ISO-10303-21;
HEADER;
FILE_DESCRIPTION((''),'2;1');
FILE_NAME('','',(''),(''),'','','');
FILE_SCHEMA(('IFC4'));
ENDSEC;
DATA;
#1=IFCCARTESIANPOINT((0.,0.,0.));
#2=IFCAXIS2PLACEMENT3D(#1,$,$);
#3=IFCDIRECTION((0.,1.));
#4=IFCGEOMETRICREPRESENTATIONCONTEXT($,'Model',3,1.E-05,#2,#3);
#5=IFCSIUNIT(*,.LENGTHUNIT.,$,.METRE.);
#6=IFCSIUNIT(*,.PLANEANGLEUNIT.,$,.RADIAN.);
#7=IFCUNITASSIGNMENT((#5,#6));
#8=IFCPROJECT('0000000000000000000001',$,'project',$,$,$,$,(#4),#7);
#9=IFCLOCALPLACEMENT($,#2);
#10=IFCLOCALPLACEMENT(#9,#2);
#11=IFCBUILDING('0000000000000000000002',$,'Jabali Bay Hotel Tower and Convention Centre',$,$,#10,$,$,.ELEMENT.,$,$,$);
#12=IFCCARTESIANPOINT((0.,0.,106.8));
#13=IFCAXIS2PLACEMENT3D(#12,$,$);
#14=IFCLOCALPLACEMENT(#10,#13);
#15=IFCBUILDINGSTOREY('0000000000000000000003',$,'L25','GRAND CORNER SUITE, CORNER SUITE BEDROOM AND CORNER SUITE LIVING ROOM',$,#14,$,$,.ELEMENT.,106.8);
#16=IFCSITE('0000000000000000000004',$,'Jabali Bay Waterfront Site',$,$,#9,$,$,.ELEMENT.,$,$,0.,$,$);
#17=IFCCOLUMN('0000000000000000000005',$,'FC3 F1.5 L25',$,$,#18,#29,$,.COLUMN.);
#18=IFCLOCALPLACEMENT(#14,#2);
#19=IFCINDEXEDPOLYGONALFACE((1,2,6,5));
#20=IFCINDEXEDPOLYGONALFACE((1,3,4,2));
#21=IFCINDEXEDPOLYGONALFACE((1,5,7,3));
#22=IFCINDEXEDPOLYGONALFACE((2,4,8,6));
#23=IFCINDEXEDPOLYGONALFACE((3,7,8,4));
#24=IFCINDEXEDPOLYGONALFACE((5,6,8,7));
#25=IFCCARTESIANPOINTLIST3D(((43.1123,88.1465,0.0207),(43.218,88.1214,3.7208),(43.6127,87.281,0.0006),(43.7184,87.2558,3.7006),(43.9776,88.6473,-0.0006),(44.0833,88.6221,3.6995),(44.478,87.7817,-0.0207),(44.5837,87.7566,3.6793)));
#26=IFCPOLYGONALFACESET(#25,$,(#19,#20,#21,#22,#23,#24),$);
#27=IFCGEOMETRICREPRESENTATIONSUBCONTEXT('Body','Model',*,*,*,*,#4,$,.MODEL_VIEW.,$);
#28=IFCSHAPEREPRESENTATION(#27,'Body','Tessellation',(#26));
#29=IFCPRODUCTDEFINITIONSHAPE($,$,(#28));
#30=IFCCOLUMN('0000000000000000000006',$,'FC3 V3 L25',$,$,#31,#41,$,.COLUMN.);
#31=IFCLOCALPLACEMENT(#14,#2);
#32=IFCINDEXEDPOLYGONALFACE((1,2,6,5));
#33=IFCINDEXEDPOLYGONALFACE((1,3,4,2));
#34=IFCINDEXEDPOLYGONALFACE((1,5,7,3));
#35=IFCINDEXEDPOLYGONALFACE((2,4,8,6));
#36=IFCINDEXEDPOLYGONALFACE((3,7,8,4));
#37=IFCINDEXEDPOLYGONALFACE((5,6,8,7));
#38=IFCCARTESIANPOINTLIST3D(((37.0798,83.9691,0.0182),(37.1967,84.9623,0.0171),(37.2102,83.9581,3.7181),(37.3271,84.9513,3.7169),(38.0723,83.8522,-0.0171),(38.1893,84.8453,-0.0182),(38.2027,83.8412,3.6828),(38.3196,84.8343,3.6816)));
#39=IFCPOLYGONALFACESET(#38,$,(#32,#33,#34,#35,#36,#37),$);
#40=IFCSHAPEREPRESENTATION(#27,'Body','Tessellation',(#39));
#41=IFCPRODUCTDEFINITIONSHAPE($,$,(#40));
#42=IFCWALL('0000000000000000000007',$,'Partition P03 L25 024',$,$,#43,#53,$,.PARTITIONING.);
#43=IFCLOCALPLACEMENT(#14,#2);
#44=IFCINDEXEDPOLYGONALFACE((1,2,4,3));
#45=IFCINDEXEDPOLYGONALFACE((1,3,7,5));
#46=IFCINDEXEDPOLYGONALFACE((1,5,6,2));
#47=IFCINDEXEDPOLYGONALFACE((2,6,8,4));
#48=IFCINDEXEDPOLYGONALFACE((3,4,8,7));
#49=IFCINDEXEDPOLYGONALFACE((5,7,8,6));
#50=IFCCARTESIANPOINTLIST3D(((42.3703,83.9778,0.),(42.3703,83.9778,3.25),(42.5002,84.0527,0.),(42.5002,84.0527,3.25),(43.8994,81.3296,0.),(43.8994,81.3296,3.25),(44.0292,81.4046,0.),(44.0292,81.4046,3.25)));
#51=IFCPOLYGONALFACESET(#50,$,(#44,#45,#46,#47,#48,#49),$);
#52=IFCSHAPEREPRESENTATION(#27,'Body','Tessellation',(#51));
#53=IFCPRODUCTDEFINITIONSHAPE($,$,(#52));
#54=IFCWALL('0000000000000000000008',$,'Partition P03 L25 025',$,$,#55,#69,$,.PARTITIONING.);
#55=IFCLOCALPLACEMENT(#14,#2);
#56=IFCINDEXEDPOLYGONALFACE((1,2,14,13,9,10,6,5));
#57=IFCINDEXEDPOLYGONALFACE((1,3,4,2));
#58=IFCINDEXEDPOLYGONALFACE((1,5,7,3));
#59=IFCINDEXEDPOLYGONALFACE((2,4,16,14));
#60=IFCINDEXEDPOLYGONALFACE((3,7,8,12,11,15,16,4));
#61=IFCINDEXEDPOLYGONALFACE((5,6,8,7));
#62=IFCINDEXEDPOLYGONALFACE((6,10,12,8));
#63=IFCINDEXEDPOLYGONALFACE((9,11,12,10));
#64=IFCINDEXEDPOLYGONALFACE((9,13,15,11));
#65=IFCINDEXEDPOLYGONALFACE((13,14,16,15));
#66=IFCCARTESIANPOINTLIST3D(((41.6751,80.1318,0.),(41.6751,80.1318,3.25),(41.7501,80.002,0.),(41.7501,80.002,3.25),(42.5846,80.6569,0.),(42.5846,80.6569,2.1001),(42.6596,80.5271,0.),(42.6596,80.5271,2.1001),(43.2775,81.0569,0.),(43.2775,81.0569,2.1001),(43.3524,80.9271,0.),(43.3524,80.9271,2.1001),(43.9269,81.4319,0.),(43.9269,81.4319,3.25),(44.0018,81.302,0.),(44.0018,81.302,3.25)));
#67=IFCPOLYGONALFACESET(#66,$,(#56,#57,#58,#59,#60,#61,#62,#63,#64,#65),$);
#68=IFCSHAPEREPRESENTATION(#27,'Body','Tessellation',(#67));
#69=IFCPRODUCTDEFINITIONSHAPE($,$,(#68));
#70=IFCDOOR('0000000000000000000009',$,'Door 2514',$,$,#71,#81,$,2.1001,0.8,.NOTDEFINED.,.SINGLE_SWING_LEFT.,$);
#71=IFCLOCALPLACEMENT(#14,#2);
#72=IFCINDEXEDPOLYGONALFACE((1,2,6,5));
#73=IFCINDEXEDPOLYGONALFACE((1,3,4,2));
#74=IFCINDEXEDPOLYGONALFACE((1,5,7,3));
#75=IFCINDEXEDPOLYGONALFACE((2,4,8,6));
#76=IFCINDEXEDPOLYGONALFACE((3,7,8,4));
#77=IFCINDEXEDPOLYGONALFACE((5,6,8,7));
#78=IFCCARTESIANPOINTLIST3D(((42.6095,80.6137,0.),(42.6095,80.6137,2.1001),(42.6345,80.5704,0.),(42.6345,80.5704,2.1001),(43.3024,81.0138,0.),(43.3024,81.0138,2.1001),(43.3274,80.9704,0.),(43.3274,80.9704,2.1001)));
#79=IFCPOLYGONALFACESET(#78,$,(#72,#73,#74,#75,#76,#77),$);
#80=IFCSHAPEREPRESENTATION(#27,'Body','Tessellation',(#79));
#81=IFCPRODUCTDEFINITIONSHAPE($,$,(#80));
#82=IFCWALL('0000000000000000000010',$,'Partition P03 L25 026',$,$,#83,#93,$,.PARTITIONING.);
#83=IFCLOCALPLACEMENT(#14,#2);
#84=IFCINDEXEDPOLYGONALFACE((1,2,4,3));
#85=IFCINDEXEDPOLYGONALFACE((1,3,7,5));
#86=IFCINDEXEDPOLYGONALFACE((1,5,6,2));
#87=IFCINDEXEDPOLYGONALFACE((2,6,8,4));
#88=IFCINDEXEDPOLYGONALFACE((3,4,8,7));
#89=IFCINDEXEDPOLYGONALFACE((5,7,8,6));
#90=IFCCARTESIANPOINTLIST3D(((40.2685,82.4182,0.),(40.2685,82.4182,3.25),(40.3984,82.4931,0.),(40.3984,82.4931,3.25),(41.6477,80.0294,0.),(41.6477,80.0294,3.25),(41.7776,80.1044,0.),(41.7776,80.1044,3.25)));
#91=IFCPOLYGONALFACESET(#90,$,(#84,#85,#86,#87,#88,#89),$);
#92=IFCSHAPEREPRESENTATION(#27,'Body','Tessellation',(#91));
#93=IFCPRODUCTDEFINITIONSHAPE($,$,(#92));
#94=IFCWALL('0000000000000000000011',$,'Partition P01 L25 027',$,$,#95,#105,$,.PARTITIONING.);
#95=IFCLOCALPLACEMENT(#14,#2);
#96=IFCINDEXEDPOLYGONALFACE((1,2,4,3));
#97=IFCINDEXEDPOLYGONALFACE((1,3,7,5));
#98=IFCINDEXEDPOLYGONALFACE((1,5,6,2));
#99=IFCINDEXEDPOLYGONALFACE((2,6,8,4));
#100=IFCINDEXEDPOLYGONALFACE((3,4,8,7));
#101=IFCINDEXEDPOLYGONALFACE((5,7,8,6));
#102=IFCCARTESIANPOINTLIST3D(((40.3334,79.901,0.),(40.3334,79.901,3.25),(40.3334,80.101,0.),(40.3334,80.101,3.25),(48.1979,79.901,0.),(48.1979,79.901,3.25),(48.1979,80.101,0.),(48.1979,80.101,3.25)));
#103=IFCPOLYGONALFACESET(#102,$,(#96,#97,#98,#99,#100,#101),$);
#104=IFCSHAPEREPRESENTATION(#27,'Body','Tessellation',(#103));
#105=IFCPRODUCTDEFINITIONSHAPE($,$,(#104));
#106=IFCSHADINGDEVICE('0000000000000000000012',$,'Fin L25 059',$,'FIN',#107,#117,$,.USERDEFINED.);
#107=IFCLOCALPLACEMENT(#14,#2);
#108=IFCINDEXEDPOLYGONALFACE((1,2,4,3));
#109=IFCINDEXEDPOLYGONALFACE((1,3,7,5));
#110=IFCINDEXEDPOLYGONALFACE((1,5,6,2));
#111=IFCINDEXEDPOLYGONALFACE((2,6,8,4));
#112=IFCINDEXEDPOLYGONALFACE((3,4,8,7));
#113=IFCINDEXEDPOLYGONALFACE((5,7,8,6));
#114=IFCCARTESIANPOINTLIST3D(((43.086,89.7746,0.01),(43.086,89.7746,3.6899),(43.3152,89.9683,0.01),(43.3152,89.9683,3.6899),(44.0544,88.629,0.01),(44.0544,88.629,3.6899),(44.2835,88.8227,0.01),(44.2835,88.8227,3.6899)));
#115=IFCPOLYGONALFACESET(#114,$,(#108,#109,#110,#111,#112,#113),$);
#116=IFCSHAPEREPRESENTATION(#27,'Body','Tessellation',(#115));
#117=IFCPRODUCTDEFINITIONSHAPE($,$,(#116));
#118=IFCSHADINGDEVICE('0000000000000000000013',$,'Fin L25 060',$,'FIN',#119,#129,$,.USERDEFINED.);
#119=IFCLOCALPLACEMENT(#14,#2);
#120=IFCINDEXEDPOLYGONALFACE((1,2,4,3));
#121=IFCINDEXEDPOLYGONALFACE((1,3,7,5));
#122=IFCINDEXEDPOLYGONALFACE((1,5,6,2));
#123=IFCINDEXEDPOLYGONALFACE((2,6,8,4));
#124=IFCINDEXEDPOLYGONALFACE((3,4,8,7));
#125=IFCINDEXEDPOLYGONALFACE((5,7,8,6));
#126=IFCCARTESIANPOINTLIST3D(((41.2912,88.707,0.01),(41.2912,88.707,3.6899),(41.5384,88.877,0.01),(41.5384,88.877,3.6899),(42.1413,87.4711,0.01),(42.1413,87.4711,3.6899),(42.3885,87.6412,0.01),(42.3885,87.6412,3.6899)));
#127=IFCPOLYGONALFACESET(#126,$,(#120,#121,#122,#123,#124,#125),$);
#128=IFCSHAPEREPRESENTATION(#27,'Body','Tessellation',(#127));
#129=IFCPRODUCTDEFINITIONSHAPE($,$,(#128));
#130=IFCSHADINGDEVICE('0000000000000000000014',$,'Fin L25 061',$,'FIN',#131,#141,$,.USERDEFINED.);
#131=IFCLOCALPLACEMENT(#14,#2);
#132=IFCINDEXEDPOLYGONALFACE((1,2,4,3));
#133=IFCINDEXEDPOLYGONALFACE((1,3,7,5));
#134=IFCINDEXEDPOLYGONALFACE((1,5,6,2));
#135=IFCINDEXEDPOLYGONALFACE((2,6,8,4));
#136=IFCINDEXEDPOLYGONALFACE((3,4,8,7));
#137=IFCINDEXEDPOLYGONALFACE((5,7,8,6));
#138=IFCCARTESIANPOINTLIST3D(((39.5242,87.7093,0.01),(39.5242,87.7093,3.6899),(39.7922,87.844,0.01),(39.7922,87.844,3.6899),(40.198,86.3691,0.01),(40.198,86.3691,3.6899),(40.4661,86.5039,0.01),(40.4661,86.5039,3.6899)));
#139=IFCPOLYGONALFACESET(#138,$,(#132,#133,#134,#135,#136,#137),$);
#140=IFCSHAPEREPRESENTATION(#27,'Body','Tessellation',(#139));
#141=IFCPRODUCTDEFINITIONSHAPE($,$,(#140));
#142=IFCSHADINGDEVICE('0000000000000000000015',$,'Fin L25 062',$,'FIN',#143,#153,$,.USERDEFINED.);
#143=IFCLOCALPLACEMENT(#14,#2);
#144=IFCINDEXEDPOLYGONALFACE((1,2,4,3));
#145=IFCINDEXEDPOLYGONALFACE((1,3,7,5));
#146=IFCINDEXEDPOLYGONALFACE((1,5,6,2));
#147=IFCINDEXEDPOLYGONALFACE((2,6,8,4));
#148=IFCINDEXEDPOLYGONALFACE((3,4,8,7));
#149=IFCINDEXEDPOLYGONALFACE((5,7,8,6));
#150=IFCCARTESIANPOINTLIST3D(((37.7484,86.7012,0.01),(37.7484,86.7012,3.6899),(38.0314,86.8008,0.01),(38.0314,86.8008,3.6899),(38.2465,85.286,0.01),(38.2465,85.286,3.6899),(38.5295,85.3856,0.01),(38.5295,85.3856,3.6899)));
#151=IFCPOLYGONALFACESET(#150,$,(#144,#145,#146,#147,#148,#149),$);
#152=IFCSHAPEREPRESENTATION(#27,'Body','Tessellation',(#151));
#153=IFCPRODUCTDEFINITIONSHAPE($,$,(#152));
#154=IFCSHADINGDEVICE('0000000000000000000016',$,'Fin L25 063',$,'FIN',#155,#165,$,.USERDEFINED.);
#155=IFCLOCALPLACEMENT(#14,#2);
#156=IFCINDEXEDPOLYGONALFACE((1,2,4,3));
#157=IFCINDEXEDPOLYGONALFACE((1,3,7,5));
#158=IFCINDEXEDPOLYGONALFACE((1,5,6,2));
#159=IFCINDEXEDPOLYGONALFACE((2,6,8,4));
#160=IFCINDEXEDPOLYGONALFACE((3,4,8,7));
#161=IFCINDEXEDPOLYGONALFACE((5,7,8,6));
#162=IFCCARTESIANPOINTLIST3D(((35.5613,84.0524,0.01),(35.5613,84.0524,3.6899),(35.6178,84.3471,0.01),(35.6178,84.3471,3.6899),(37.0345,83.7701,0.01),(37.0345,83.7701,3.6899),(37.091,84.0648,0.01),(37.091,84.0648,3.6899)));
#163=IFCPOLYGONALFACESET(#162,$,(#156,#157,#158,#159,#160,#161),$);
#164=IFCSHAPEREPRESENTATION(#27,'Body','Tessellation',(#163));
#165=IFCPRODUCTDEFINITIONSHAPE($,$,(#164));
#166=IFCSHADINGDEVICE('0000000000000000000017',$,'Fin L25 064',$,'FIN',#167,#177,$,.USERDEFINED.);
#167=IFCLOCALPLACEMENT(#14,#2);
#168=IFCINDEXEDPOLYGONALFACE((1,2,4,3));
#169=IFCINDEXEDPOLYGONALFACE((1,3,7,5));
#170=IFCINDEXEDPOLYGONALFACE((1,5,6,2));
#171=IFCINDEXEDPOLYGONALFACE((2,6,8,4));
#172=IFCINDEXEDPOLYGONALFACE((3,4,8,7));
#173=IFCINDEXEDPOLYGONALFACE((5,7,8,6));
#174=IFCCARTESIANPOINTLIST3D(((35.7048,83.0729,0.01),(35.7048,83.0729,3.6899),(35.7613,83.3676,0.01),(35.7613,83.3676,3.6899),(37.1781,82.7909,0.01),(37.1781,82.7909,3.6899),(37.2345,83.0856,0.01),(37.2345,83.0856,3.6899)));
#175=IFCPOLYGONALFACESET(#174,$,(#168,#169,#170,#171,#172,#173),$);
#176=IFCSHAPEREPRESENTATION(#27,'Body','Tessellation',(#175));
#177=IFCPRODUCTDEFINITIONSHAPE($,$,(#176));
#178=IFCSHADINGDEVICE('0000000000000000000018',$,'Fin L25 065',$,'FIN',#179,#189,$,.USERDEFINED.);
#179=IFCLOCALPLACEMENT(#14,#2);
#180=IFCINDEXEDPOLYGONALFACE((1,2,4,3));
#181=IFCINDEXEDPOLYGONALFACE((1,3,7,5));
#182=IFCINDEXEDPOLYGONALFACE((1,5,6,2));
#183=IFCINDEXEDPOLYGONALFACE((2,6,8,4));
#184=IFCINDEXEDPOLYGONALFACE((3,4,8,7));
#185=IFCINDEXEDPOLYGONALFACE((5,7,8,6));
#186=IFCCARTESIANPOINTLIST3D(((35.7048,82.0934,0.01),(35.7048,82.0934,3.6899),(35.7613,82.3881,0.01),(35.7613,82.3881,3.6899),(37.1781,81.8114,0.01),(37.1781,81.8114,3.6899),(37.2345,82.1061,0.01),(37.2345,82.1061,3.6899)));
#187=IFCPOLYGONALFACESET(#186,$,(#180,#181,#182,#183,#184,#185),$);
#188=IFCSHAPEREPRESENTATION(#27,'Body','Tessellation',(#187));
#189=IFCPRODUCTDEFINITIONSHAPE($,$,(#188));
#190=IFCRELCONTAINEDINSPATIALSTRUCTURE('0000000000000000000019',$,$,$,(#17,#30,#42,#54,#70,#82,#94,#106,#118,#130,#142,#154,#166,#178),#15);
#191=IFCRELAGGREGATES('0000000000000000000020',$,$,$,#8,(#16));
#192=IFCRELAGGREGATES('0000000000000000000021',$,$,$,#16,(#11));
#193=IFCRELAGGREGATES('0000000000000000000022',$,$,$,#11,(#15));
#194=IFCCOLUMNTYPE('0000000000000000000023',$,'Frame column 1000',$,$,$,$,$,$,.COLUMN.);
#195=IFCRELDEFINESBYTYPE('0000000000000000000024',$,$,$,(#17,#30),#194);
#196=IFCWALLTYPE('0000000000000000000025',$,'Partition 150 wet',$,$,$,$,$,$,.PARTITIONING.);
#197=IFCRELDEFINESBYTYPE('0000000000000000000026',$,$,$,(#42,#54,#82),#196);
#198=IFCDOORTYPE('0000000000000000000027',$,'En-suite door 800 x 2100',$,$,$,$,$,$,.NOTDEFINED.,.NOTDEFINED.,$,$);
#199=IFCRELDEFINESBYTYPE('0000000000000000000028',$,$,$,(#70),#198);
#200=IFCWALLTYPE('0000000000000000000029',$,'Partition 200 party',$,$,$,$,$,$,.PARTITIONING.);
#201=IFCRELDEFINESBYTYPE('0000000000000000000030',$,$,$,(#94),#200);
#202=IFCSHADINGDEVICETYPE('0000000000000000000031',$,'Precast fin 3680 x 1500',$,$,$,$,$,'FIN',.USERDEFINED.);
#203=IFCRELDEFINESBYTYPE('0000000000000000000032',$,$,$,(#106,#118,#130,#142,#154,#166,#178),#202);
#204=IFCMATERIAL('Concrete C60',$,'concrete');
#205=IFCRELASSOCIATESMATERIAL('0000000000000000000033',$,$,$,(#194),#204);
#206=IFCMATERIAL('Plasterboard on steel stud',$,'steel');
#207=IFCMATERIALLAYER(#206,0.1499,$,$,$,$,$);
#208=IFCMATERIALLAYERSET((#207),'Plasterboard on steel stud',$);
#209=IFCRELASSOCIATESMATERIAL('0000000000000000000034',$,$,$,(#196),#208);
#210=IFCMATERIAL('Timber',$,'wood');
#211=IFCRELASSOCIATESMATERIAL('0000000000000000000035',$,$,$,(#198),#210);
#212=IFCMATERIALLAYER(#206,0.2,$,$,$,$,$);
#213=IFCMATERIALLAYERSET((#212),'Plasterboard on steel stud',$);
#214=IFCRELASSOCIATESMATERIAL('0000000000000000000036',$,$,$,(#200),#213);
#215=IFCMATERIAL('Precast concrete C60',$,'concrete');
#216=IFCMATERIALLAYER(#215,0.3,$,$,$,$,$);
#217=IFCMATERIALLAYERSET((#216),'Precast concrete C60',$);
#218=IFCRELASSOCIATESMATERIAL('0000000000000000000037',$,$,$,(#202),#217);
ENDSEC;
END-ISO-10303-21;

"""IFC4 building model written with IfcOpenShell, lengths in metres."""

from ifc_helpers import new_model, si_unit, direction, frame, frame_2d, origin, origin_2d, place, context, subcontext, project, spatial, rectangle, extrude, material, layer, layer_set, material_profile, profile_set, type_object, element, fill, save


model = new_model("IFC4")

# Units and contexts
model_context = context("Model", 3, precision=1e-05, world=origin(), true_north=direction((0.0, 1.0)))
body_context = subcontext(model_context, "Body", "Model", "MODEL_VIEW")
ifc_project = project(units=[si_unit("LENGTHUNIT", "METRE"), si_unit("PLANEANGLEUNIT", "RADIAN")], contexts=[model_context])

# Site, building, storey
site_placement = place(None, origin())
site = spatial("IfcSite", under=ifc_project, at=site_placement, Name="Jabali Bay Waterfront Site", CompositionType="ELEMENT", RefElevation=0.0)
building_placement = place(site_placement, origin())
building = spatial("IfcBuilding", under=site, at=building_placement, Name="Jabali Bay Hotel Tower and Convention Centre", CompositionType="ELEMENT")
storey_placement = place(building_placement, frame((0.0, 0.0, 106.8)))
storey = spatial("IfcBuildingStorey", under=building, at=storey_placement, Name="L25", Description="GRAND CORNER SUITE, CORNER SUITE BEDROOM AND CORNER SUITE LIVING ROOM", CompositionType="ELEMENT", Elevation=106.8)

# Columns
ifc_material_1 = material(Name="Concrete C60", Category="concrete")
ifc_material_profile = material_profile(ifc_material_1, rectangle(XDim=1.0, YDim=1.0, at=origin_2d()), Name="Frame column 1000")
ifc_profile_set = profile_set([ifc_material_profile], Name="Concrete C60")
column_type = type_object("IfcColumnType", Name="Frame column 1000", PredefinedType="COLUMN", material=ifc_profile_set)
column_1_placement = place(storey_placement, frame((43.7952, 87.9641, 0.0), z_axis=(0.028559, -0.006794, 0.999569), x_axis=(-0.5004, 0.865559, 0.02018)))
element("IfcColumn", 1, at=column_1_placement, inside=storey, type_object=column_type, Name="FC3 F1.5 L25", PredefinedType="COLUMN", context=body_context, shape_type="SweptSolid", body=[
    extrude(rectangle(XDim=1.0, YDim=1.0, at=origin_2d()), origin(), (0.0, 0.0, 1.0), 3.7017),
])
column_2_placement = place(storey_placement, frame((37.6345, 84.4072, 0.0), z_axis=(0.035214, -0.002967, 0.999375), x_axis=(-0.992512, 0.11693, 0.035319)))
element("IfcColumn", 2, at=column_2_placement, inside=storey, type_object=column_type, Name="FC3 V3 L25", PredefinedType="COLUMN", context=body_context, shape_type="SweptSolid", body=[
    extrude(rectangle(XDim=1.0, YDim=1.0, at=origin_2d()), origin(), (0.0, 0.0, 1.0), 3.7021),
])

# Wall
ifc_material_2 = material(Name="Plasterboard on steel stud", Category="steel")
ifc_layer_1 = layer(ifc_material_2, 0.1499)
ifc_layer_set_1 = layer_set([ifc_layer_1], Name="Plasterboard on steel stud")
wall_type_1 = type_object("IfcWallType", Name="Partition 150 wet", PredefinedType="PARTITIONING", material=ifc_layer_set_1)
wall_1_placement = place(storey_placement, frame((42.4353, 84.0151, 0.0), z_axis=(0.0, 0.0, 1.0), x_axis=(0.500029, -0.866009, 0.0)))
element("IfcWall", 3, at=wall_1_placement, inside=storey, type_object=wall_type_1, Name="Partition P03 L25 024", PredefinedType="PARTITIONING", context=body_context, shape_type="SweptSolid", body=[
    extrude(rectangle(XDim=3.0579, YDim=0.1499, at=frame_2d((1.5288, 0.0))), origin(), (0.0, 0.0, 1.0), 3.25),
])

# Wall, opening, door
wall_2_placement = place(storey_placement, frame((43.9644, 81.3669, 0.0), z_axis=(0.0, 0.0, 1.0), x_axis=(-0.866021, -0.500007, 0.0)))
wall_2 = element("IfcWall", 4, at=wall_2_placement, inside=storey, type_object=wall_type_1, Name="Partition P03 L25 025", PredefinedType="PARTITIONING", context=body_context, shape_type="SweptSolid", body=[
    extrude(rectangle(XDim=2.6001, YDim=0.1499, at=frame_2d((1.3, 0.0))), origin(), (0.0, 0.0, 1.0), 3.25),
])
opening_1_placement = place(wall_2_placement, frame((0.75, 0.0, 0.0)))
opening_1 = element("IfcOpeningElement", 5, at=opening_1_placement, cuts=wall_2, PredefinedType="OPENING", context=body_context, shape_type="SweptSolid", body=[
    extrude(rectangle(XDim=0.8, YDim=2.1001, at=frame_2d((0.3999, 1.05))), frame((0.0, 0.0854, 0.0), z_axis=(0.0, -1.0, 0.0), x_axis=(1.0, 0.0, 0.0)), (0.0, 0.0, 1.0), 0.1709),
])
ifc_material_3 = material(Name="Timber", Category="wood")
door_type_1 = type_object("IfcDoorType", Name="En-suite door 800 x 2100", OperationType="NOTDEFINED", PredefinedType="NOTDEFINED", material=ifc_material_3)
door_1_placement = place(opening_1_placement, origin())
door_1 = element("IfcDoor", 6, at=door_1_placement, inside=storey, type_object=door_type_1, Name="Door 2514", OperationType="SINGLE_SWING_LEFT", OverallHeight=2.1001, OverallWidth=0.8, PredefinedType="NOTDEFINED", context=body_context, shape_type="SweptSolid", body=[
    extrude(rectangle(XDim=0.8, YDim=2.1001, at=frame_2d((0.3999, 1.05))), frame((0.0, 0.0249, 0.0), z_axis=(0.0, -1.0, 0.0), x_axis=(1.0, 0.0, 0.0)), (0.0, 0.0, 1.0), 0.05),
])
fill(opening_1, door_1)

# Walls
wall_3_placement = place(storey_placement, frame((41.7126, 80.0669, 0.0), z_axis=(0.0, 0.0, 1.0), x_axis=(-0.500014, 0.866018, 0.0)))
element("IfcWall", 7, at=wall_3_placement, inside=storey, type_object=wall_type_1, Name="Partition P03 L25 026", PredefinedType="PARTITIONING", context=body_context, shape_type="SweptSolid", body=[
    extrude(rectangle(XDim=2.7583, YDim=0.1499, at=frame_2d((1.3792, 0.0))), origin(), (0.0, 0.0, 1.0), 3.25),
])
ifc_layer_2 = layer(ifc_material_2, 0.2)
ifc_layer_set_2 = layer_set([ifc_layer_2], Name="Plasterboard on steel stud")
wall_type_2 = type_object("IfcWallType", Name="Partition 200 party", PredefinedType="PARTITIONING", material=ifc_layer_set_2)
wall_4_placement = place(storey_placement, frame((40.3335, 80.001, 0.0), z_axis=(0.0, 0.0, 1.0), x_axis=(1.0, 0.0, 0.0)))
element("IfcWall", 8, at=wall_4_placement, inside=storey, type_object=wall_type_2, Name="Partition P01 L25 027", PredefinedType="PARTITIONING", context=body_context, shape_type="SweptSolid", body=[
    extrude(rectangle(XDim=7.8645, YDim=0.2, at=frame_2d((3.9321, 0.0))), origin(), (0.0, 0.0, 1.0), 3.25),
])

# Shading devices
ifc_material_4 = material(Name="Precast concrete C60", Category="concrete")
ifc_layer_3 = layer(ifc_material_4, 0.3)
ifc_layer_set_3 = layer_set([ifc_layer_3], Name="Precast concrete C60")
shading_device_type = type_object("IfcShadingDeviceType", Name="Precast fin 3680 x 1500", ElementType="FIN", PredefinedType="USERDEFINED", material=ifc_layer_set_3)
for number, where, z_axis, x_axis, name in (
    (9, (44.1689, 88.7258, 0.01), (0.0, 0.0, 1.0), (-0.645548, 0.76372, 0.0), "Fin L25 059"),
    (10, (42.2649, 87.5562, 0.01), (0.0, 0.0, 1.0), (-0.566736, 0.823899, 0.0), "Fin L25 060"),
    (11, (40.332, 86.4365, 0.01), (0.0, 0.0, 1.0), (-0.449231, 0.893416, 0.0), "Fin L25 061"),
):
    element("IfcShadingDevice", number, at=place(storey_placement, frame(where, z_axis=z_axis, x_axis=x_axis)), inside=storey, type_object=shading_device_type, Name=name, ObjectType="FIN", PredefinedType="USERDEFINED", context=body_context, shape_type="SweptSolid", body=[
        extrude(rectangle(XDim=1.5, YDim=0.3, at=frame_2d((0.75, 0.0))), origin(), (0.0, 0.0, 1.0), 3.6799),
    ])
shading_device_1_placement = place(storey_placement, frame((38.3879, 85.3359, 0.01), z_axis=(0.0, 0.0, 1.0), x_axis=(-0.332003, 0.943278, 0.0)))
element("IfcShadingDevice", 12, at=shading_device_1_placement, inside=storey, type_object=shading_device_type, Name="Fin L25 062", ObjectType="FIN", PredefinedType="USERDEFINED", context=body_context, shape_type="SweptSolid", body=[
    extrude(rectangle(XDim=1.5002, YDim=0.3, at=frame_2d((0.75, 0.0))), origin(), (0.0, 0.0, 1.0), 3.6799),
])
for number, where, z_axis, x_axis, name in (
    (13, (37.0627, 83.9175, 0.01), (0.0, 0.0, 1.0), (-0.982139, 0.188159, 0.0), "Fin L25 063"),
    (14, (37.2063, 82.9382, 0.01), (0.0, 0.0, 1.0), (-0.982169, 0.188002, 0.0), "Fin L25 064"),
    (15, (37.2063, 81.9587, 0.01), (0.0, 0.0, 1.0), (-0.982169, 0.188002, 0.0), "Fin L25 065"),
):
    element("IfcShadingDevice", number, at=place(storey_placement, frame(where, z_axis=z_axis, x_axis=x_axis)), inside=storey, type_object=shading_device_type, Name=name, ObjectType="FIN", PredefinedType="USERDEFINED", context=body_context, shape_type="SweptSolid", body=[
        extrude(rectangle(XDim=1.5, YDim=0.3, at=frame_2d((0.75, 0.0))), origin(), (0.0, 0.0, 1.0), 3.6799),
    ])

save(model, "model.ifc")
